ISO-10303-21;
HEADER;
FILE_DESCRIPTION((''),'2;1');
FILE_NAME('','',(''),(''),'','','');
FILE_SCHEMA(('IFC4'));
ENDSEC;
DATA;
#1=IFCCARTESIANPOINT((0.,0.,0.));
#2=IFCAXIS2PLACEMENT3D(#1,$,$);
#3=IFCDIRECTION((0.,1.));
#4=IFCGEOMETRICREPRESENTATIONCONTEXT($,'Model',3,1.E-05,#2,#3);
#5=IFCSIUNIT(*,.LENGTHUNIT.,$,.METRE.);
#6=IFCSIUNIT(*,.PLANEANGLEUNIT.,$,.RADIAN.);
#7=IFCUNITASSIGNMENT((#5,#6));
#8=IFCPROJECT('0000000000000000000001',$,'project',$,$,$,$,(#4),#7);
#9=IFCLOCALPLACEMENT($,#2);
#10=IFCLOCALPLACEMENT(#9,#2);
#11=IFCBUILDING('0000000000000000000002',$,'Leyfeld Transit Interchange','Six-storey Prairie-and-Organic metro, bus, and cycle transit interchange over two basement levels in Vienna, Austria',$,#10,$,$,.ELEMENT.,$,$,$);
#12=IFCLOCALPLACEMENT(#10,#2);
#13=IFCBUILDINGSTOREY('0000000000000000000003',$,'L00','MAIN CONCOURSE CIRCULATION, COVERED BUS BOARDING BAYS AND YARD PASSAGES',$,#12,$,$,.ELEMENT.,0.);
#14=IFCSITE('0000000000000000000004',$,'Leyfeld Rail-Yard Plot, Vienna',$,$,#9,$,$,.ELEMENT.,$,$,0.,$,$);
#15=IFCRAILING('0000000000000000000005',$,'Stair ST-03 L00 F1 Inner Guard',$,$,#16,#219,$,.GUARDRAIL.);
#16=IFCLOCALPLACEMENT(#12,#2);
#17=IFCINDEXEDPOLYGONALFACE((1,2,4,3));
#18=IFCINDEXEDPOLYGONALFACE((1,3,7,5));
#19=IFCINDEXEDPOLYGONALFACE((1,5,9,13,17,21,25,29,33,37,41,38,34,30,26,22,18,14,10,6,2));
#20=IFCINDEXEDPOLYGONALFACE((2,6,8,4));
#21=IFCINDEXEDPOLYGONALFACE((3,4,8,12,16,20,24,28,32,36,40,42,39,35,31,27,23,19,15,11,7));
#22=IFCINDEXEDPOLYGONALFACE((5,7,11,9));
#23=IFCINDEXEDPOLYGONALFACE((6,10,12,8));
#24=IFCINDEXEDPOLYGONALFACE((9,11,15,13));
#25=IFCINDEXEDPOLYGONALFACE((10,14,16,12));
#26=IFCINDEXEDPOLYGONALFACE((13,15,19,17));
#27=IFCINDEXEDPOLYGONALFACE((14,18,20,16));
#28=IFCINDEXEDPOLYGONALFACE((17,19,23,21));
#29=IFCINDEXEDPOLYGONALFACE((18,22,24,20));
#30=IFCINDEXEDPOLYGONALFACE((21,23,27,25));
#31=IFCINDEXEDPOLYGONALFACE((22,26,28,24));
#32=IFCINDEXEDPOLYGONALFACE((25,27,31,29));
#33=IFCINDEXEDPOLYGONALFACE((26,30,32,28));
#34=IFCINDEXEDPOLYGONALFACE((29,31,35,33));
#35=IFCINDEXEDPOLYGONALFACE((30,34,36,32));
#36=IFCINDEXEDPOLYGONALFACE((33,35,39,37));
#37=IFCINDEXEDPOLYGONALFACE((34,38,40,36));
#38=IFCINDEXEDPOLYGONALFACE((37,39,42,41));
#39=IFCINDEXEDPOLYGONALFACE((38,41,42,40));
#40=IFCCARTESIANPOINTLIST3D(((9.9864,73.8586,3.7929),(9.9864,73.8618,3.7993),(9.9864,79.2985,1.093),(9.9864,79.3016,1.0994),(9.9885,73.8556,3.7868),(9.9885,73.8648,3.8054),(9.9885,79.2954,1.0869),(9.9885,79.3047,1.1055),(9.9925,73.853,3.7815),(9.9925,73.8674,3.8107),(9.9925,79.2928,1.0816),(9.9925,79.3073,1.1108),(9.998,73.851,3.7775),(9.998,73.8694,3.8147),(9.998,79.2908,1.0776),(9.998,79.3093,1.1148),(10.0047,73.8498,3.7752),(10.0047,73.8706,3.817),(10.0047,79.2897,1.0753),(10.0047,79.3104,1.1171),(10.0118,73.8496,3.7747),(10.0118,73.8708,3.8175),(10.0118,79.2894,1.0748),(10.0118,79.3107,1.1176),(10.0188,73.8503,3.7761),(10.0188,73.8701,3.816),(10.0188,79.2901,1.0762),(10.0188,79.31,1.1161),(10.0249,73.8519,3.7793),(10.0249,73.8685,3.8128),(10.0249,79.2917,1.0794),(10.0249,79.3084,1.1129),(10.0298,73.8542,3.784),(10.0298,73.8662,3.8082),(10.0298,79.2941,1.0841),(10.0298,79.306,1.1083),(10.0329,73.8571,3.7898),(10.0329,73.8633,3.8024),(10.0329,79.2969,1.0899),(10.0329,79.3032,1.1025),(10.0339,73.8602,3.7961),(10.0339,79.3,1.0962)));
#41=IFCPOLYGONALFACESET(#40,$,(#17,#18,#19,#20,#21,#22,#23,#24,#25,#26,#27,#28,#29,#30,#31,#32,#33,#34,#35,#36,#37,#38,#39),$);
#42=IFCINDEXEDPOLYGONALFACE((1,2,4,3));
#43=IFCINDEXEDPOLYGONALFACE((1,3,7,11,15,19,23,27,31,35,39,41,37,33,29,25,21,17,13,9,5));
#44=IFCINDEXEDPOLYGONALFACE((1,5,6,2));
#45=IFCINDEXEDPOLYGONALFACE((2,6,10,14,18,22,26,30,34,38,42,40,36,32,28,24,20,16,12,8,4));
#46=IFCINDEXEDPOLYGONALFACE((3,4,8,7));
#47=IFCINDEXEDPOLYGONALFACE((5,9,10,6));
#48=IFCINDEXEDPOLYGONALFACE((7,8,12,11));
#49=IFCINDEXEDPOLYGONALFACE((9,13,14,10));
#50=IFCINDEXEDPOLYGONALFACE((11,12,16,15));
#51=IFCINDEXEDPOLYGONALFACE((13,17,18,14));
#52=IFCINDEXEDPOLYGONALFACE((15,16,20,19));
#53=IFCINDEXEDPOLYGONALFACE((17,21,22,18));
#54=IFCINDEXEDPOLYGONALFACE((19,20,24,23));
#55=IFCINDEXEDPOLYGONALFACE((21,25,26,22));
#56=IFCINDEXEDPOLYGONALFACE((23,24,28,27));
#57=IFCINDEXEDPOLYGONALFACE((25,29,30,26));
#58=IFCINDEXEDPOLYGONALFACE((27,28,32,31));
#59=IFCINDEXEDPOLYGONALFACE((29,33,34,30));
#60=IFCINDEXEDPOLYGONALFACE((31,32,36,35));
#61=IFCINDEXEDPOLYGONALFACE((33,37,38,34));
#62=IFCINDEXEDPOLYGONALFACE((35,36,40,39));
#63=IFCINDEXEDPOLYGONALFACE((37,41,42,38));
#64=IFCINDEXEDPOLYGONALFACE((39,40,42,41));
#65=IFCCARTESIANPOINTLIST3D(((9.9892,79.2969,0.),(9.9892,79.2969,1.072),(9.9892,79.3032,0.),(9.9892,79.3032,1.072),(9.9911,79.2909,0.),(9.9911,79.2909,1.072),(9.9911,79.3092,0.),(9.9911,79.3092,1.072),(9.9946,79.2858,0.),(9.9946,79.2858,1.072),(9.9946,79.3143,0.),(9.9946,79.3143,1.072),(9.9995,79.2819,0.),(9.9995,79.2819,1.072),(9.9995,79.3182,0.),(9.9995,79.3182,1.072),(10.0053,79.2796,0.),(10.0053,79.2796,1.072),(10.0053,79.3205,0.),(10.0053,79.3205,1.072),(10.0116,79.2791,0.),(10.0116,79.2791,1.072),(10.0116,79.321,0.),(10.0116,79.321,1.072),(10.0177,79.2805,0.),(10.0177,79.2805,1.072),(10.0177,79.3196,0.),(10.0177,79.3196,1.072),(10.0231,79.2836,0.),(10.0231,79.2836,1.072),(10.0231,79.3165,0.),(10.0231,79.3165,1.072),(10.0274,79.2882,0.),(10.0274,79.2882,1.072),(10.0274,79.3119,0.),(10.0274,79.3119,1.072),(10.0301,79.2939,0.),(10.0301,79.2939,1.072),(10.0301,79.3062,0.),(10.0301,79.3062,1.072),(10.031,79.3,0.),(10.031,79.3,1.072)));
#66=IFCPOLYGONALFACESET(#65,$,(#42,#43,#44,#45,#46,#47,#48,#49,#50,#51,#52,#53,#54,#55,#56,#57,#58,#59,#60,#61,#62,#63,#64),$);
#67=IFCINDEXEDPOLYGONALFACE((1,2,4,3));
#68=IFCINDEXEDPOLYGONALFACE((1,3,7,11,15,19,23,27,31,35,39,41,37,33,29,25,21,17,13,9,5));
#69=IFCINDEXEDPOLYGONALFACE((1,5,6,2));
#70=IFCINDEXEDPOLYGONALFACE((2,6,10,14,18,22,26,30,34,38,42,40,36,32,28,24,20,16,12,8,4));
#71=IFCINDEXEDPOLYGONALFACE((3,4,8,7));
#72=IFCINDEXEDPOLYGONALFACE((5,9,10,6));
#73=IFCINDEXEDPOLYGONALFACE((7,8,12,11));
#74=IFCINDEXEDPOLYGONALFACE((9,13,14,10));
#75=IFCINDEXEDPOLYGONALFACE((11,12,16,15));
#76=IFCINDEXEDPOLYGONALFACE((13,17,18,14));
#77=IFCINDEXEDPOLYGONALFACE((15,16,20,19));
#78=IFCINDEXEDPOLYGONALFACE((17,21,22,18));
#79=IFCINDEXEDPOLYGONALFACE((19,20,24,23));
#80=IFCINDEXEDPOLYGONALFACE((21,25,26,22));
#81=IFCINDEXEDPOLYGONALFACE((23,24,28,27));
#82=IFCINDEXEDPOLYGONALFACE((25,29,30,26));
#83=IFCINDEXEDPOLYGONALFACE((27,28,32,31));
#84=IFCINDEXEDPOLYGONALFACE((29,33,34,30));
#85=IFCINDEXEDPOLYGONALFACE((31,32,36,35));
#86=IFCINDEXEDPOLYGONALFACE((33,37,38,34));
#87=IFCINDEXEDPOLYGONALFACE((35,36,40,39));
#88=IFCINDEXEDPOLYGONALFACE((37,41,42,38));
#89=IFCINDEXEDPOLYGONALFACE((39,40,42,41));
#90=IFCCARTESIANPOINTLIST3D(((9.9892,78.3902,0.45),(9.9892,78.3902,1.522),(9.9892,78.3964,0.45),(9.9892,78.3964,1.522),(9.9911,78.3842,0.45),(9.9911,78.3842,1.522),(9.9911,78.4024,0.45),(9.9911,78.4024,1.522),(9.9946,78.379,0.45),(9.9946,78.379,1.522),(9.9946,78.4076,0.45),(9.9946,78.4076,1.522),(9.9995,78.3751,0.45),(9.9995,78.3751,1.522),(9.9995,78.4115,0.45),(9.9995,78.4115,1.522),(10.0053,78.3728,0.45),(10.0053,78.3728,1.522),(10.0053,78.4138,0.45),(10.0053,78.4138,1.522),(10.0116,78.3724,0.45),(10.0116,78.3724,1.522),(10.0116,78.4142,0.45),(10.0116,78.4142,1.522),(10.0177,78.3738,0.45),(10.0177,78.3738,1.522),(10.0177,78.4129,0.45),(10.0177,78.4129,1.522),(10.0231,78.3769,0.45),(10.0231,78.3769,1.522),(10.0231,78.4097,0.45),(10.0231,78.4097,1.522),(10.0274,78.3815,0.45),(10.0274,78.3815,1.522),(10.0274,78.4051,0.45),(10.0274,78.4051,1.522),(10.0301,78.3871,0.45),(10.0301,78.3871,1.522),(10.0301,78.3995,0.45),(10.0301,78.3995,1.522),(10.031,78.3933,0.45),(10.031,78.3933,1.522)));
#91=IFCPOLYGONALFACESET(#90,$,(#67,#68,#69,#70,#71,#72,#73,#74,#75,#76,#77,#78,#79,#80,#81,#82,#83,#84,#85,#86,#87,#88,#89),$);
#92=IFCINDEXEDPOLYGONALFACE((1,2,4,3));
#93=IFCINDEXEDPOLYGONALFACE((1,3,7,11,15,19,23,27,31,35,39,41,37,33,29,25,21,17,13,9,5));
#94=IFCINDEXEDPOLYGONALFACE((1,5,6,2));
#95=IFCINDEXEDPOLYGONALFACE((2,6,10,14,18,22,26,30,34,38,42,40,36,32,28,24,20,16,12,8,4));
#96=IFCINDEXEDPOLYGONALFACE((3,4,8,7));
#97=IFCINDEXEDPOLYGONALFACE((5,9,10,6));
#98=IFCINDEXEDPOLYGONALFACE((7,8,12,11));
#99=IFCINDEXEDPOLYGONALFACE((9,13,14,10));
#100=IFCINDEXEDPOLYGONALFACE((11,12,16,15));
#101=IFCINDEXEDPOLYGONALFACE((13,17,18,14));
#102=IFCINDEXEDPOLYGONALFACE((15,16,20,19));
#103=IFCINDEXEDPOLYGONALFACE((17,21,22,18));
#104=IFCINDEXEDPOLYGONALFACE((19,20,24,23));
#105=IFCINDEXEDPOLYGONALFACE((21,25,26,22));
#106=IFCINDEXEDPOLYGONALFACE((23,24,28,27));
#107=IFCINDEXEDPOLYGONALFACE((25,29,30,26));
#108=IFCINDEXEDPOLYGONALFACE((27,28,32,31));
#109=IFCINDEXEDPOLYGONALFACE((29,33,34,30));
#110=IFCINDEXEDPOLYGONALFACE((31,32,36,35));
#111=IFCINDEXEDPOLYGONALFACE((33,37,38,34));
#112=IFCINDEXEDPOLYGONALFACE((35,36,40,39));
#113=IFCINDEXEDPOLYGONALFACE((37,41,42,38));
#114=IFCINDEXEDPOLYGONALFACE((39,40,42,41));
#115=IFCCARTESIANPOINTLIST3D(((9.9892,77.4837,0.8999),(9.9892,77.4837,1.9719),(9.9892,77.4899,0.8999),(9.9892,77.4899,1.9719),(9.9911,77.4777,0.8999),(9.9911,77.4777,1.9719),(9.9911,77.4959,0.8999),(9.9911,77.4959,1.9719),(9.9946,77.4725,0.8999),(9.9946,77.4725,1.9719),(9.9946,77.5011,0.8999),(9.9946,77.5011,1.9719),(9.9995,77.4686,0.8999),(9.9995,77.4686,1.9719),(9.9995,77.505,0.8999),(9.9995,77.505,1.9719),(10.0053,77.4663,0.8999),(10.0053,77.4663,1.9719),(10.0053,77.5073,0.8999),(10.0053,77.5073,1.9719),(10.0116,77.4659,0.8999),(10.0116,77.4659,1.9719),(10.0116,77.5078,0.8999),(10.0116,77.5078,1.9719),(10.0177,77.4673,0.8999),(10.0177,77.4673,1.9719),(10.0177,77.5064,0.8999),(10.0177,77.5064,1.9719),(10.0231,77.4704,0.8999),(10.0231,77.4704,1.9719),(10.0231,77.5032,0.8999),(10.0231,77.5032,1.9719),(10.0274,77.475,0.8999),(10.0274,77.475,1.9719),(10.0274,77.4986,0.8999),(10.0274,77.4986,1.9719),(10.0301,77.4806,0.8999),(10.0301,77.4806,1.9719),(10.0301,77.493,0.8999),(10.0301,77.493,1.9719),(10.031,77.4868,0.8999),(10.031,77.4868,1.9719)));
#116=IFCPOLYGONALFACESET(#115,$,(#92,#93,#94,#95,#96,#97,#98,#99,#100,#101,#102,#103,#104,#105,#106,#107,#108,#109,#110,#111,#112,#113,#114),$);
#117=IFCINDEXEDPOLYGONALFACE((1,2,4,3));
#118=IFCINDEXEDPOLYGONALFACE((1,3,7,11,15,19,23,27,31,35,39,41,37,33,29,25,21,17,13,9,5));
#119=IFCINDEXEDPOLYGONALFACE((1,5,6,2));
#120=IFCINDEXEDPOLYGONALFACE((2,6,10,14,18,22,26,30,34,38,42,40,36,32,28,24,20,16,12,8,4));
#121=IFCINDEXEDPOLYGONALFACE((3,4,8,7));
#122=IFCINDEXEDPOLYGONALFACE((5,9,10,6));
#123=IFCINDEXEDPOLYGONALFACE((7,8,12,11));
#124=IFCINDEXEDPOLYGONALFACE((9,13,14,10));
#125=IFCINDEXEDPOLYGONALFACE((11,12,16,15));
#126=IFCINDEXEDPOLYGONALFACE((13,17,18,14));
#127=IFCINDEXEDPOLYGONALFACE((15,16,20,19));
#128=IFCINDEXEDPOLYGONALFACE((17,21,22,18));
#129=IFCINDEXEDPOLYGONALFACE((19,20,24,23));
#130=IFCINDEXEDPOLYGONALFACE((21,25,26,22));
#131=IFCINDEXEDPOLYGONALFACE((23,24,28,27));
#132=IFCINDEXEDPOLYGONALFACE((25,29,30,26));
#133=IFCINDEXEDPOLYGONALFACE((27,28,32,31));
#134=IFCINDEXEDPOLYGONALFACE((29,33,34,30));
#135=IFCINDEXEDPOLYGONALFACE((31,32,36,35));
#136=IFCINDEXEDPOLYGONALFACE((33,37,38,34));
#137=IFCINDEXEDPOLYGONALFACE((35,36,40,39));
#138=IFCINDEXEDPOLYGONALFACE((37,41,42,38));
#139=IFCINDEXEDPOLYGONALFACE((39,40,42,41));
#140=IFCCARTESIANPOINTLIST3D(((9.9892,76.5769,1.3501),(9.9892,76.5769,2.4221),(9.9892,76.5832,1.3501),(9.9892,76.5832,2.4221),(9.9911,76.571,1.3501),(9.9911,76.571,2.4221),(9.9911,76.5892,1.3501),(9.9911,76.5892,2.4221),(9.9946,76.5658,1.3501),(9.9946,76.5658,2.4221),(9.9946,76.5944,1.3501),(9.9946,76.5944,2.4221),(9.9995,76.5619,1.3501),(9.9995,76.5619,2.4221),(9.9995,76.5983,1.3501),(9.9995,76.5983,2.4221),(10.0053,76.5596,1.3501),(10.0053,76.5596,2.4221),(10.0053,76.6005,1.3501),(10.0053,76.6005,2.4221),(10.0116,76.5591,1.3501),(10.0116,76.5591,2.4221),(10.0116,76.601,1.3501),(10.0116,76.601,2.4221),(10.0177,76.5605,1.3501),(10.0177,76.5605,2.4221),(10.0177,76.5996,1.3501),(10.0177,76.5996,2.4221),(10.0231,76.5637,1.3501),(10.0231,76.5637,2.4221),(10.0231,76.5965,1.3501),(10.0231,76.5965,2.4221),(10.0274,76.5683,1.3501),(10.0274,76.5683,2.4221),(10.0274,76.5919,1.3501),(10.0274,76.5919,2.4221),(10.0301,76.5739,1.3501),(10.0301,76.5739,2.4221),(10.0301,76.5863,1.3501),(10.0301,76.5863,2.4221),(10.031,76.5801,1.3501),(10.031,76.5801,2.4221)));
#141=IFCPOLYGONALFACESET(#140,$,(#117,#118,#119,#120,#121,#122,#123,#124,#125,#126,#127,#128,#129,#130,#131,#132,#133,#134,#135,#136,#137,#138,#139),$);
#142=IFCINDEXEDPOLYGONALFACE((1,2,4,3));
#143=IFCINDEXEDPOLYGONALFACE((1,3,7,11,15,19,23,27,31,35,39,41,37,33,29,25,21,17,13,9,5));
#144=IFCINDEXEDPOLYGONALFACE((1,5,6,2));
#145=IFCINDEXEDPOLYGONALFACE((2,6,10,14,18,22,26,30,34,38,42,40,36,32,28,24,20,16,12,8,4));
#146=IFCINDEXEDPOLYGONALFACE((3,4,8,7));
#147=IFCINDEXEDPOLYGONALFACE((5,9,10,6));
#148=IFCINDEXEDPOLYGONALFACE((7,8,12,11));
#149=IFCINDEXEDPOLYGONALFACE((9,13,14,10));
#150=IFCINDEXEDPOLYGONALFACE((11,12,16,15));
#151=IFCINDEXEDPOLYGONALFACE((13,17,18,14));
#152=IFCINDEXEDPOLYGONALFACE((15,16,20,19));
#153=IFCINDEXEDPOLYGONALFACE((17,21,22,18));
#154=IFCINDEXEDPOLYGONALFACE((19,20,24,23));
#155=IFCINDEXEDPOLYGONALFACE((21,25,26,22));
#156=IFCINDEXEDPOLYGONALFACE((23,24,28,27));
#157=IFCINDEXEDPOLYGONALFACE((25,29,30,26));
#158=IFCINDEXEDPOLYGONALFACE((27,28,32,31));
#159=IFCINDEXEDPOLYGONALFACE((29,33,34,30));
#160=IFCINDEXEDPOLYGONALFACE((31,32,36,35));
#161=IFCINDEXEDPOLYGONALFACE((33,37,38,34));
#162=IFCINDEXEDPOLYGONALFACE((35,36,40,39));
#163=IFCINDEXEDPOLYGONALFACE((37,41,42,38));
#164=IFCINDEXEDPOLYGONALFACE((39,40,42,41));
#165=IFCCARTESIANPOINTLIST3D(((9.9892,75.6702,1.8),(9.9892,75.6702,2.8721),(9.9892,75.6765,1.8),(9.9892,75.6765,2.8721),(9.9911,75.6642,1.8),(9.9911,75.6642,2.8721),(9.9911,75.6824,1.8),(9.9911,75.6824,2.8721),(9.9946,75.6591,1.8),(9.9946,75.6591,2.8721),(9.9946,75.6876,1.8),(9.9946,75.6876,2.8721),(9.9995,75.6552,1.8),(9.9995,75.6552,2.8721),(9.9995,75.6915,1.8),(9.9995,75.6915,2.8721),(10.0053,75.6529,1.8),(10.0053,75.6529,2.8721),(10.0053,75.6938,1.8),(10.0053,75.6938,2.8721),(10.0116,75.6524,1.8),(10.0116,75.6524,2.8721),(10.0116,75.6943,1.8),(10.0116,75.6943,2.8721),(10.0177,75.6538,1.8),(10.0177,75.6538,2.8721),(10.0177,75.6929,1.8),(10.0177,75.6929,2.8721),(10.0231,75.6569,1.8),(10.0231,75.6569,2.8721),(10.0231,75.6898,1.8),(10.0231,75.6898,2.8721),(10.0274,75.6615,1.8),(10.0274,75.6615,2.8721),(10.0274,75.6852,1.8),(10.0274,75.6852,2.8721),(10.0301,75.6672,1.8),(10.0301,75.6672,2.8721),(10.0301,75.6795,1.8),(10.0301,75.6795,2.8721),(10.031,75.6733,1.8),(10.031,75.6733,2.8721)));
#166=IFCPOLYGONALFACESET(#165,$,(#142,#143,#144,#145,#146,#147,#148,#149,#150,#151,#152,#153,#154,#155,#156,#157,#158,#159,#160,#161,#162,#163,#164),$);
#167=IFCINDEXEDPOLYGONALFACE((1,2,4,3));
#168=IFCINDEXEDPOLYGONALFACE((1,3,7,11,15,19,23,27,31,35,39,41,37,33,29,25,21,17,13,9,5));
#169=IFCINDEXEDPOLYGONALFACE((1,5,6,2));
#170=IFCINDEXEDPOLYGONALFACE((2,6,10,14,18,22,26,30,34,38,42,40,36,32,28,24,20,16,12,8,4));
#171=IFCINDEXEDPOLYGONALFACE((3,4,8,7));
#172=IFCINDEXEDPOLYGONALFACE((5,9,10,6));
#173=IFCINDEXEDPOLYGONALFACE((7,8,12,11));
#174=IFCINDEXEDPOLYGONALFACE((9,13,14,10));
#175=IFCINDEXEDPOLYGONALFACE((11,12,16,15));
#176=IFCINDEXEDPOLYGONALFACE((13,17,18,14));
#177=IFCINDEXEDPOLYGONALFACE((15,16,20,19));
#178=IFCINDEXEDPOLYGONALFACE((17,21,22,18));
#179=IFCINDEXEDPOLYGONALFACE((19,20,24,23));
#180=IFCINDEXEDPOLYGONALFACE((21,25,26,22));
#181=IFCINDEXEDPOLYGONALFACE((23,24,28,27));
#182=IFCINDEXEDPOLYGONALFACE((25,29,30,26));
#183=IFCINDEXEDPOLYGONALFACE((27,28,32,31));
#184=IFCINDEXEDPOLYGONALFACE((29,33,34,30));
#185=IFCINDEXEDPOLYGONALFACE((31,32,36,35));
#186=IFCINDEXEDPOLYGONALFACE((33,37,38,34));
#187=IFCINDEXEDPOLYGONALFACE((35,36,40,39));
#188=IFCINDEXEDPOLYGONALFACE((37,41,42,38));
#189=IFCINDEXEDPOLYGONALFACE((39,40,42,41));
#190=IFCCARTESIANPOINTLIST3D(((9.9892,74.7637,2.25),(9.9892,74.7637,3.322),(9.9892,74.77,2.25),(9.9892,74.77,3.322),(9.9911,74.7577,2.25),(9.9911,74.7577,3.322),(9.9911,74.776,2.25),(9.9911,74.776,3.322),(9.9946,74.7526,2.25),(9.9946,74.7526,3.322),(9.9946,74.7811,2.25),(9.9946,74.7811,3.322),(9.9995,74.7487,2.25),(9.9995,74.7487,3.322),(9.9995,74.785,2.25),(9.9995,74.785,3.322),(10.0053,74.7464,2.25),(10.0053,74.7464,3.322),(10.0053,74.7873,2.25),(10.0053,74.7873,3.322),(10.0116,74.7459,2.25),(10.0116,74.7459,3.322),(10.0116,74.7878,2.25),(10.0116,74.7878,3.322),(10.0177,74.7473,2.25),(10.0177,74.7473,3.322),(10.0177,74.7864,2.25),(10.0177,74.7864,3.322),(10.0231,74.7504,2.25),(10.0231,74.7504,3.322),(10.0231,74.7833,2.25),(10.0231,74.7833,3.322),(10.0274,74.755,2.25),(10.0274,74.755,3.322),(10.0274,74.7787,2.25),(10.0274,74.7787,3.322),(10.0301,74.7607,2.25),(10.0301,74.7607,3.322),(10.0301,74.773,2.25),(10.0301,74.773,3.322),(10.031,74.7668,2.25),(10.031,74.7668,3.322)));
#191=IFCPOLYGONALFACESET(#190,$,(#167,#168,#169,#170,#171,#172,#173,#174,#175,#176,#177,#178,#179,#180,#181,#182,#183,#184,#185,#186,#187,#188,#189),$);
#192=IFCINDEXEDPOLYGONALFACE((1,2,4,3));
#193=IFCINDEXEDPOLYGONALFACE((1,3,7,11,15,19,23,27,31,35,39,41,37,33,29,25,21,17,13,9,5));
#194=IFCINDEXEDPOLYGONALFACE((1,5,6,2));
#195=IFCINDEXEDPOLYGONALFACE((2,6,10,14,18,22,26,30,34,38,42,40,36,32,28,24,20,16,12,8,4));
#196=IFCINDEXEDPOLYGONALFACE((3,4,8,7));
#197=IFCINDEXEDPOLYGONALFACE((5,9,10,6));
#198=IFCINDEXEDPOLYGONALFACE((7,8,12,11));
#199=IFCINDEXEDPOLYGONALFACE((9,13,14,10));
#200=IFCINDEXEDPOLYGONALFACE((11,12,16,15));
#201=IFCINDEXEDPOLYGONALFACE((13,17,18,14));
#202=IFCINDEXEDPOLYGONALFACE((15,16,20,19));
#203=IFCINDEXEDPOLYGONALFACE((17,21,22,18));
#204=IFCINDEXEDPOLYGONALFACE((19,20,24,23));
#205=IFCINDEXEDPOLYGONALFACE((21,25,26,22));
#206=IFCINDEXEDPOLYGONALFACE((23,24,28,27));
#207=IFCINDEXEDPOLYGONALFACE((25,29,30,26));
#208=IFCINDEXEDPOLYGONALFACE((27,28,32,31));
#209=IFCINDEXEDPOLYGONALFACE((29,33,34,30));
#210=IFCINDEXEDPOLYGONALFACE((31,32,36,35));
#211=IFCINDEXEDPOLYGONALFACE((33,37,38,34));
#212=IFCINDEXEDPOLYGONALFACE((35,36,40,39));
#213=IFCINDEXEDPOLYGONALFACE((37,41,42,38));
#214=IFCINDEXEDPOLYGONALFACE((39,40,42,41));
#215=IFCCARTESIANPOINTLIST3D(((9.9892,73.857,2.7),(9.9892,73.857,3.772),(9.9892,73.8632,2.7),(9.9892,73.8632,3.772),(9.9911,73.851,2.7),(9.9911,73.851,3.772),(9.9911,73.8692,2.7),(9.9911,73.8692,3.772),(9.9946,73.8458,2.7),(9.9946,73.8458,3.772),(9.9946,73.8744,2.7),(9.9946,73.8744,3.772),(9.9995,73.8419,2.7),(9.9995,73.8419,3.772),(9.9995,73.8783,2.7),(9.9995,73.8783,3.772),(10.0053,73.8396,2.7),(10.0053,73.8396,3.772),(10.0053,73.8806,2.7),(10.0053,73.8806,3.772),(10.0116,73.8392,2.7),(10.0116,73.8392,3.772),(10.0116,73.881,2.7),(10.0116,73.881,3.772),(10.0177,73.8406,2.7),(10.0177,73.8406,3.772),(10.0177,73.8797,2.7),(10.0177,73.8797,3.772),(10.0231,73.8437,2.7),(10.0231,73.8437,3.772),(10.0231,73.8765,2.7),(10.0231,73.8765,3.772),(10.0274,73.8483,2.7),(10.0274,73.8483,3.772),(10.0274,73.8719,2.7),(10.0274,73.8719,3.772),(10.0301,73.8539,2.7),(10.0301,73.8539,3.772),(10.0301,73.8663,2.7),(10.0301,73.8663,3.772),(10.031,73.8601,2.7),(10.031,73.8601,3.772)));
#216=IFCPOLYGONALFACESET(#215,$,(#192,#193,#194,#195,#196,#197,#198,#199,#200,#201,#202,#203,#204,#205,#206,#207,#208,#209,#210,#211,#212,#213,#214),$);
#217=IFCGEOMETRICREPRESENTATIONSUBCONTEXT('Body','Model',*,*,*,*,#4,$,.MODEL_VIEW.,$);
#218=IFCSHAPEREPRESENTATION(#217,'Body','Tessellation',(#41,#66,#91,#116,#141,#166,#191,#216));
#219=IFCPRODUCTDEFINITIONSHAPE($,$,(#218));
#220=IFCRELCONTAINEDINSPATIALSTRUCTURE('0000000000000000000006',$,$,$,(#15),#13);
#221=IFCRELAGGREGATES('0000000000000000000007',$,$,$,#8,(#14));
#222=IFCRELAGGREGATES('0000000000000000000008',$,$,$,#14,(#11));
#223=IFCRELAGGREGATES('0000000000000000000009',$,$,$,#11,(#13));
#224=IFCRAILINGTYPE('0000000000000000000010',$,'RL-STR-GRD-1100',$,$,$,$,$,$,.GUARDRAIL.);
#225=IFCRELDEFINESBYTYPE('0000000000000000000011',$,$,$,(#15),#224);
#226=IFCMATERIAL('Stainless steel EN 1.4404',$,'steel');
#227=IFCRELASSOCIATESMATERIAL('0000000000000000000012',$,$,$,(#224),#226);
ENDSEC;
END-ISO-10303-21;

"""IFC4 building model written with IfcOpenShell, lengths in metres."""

from ifc_helpers import new_model, si_unit, direction, frame, origin, origin_2d, place, context, subcontext, project, spatial, circle, extrude, material, type_object, element, save


model = new_model("IFC4")

# Units and contexts
model_context = context("Model", 3, precision=1e-05, world=origin(), true_north=direction((0.0, 1.0)))
body_context = subcontext(model_context, "Body", "Model", "MODEL_VIEW")
ifc_project = project(units=[si_unit("LENGTHUNIT", "METRE"), si_unit("PLANEANGLEUNIT", "RADIAN")], contexts=[model_context])

# Site, building, storey
site_placement = place(None, origin())
site = spatial("IfcSite", under=ifc_project, at=site_placement, Name="Leyfeld Rail-Yard Plot, Vienna", CompositionType="ELEMENT", RefElevation=0.0)
building_placement = place(site_placement, origin())
building = spatial("IfcBuilding", under=site, at=building_placement, Name="Leyfeld Transit Interchange", Description="Six-storey Prairie-and-Organic metro, bus, and cycle transit interchange over two basement levels in Vienna, Austria", CompositionType="ELEMENT")
storey_placement = place(building_placement, origin())
storey = spatial("IfcBuildingStorey", under=building, at=storey_placement, Name="L00", Description="MAIN CONCOURSE CIRCULATION, COVERED BUS BOARDING BAYS AND YARD PASSAGES", CompositionType="ELEMENT", Elevation=0.0)

# Railing
ifc_material_1 = material(Name="Stainless steel EN 1.4404", Category="steel")
railing_type_1 = type_object("IfcRailingType", Name="RL-STR-GRD-1100", PredefinedType="GUARDRAIL", material=ifc_material_1)
for number, where, name in (
    (1, (10.01, 79.3, 0.0), "Stair ST-03 L00 F1 Inner Guard"),
):
    element("IfcRailing", number, at=place(storey_placement, frame(where)), inside=storey, type_object=railing_type_1, Name=name, PredefinedType="GUARDRAIL", context=body_context, shape_type="SweptSolid", body=[
        extrude(circle(Radius=0.0239, at=origin_2d()), frame((0.0, 0.0, 1.0962), z_axis=(0.0, -0.895742, 0.444575), x_axis=(1.0, 0.0, 0.0)), (0.0, 0.0, 1.0), 6.073),
        extrude(circle(Radius=0.021, at=origin_2d()), origin(), (0.0, 0.0, 1.0), 1.072),
        extrude(circle(Radius=0.021, at=origin_2d()), frame((0.0, -0.9067, 0.45)), (0.0, 0.0, 1.0), 1.072),
        extrude(circle(Radius=0.021, at=origin_2d()), frame((0.0, -1.8132, 0.8999)), (0.0, 0.0, 1.0), 1.072),
        extrude(circle(Radius=0.021, at=origin_2d()), frame((0.0, -2.72, 1.3501)), (0.0, 0.0, 1.0), 1.072),
        extrude(circle(Radius=0.021, at=origin_2d()), frame((0.0, -3.6267, 1.8)), (0.0, 0.0, 1.0), 1.072),
        extrude(circle(Radius=0.021, at=origin_2d()), frame((0.0, -4.5332, 2.25)), (0.0, 0.0, 1.0), 1.072),
        extrude(circle(Radius=0.021, at=origin_2d()), frame((0.0, -5.4399, 2.7)), (0.0, 0.0, 1.0), 1.072),
    ])

save(model, "model.ifc")
